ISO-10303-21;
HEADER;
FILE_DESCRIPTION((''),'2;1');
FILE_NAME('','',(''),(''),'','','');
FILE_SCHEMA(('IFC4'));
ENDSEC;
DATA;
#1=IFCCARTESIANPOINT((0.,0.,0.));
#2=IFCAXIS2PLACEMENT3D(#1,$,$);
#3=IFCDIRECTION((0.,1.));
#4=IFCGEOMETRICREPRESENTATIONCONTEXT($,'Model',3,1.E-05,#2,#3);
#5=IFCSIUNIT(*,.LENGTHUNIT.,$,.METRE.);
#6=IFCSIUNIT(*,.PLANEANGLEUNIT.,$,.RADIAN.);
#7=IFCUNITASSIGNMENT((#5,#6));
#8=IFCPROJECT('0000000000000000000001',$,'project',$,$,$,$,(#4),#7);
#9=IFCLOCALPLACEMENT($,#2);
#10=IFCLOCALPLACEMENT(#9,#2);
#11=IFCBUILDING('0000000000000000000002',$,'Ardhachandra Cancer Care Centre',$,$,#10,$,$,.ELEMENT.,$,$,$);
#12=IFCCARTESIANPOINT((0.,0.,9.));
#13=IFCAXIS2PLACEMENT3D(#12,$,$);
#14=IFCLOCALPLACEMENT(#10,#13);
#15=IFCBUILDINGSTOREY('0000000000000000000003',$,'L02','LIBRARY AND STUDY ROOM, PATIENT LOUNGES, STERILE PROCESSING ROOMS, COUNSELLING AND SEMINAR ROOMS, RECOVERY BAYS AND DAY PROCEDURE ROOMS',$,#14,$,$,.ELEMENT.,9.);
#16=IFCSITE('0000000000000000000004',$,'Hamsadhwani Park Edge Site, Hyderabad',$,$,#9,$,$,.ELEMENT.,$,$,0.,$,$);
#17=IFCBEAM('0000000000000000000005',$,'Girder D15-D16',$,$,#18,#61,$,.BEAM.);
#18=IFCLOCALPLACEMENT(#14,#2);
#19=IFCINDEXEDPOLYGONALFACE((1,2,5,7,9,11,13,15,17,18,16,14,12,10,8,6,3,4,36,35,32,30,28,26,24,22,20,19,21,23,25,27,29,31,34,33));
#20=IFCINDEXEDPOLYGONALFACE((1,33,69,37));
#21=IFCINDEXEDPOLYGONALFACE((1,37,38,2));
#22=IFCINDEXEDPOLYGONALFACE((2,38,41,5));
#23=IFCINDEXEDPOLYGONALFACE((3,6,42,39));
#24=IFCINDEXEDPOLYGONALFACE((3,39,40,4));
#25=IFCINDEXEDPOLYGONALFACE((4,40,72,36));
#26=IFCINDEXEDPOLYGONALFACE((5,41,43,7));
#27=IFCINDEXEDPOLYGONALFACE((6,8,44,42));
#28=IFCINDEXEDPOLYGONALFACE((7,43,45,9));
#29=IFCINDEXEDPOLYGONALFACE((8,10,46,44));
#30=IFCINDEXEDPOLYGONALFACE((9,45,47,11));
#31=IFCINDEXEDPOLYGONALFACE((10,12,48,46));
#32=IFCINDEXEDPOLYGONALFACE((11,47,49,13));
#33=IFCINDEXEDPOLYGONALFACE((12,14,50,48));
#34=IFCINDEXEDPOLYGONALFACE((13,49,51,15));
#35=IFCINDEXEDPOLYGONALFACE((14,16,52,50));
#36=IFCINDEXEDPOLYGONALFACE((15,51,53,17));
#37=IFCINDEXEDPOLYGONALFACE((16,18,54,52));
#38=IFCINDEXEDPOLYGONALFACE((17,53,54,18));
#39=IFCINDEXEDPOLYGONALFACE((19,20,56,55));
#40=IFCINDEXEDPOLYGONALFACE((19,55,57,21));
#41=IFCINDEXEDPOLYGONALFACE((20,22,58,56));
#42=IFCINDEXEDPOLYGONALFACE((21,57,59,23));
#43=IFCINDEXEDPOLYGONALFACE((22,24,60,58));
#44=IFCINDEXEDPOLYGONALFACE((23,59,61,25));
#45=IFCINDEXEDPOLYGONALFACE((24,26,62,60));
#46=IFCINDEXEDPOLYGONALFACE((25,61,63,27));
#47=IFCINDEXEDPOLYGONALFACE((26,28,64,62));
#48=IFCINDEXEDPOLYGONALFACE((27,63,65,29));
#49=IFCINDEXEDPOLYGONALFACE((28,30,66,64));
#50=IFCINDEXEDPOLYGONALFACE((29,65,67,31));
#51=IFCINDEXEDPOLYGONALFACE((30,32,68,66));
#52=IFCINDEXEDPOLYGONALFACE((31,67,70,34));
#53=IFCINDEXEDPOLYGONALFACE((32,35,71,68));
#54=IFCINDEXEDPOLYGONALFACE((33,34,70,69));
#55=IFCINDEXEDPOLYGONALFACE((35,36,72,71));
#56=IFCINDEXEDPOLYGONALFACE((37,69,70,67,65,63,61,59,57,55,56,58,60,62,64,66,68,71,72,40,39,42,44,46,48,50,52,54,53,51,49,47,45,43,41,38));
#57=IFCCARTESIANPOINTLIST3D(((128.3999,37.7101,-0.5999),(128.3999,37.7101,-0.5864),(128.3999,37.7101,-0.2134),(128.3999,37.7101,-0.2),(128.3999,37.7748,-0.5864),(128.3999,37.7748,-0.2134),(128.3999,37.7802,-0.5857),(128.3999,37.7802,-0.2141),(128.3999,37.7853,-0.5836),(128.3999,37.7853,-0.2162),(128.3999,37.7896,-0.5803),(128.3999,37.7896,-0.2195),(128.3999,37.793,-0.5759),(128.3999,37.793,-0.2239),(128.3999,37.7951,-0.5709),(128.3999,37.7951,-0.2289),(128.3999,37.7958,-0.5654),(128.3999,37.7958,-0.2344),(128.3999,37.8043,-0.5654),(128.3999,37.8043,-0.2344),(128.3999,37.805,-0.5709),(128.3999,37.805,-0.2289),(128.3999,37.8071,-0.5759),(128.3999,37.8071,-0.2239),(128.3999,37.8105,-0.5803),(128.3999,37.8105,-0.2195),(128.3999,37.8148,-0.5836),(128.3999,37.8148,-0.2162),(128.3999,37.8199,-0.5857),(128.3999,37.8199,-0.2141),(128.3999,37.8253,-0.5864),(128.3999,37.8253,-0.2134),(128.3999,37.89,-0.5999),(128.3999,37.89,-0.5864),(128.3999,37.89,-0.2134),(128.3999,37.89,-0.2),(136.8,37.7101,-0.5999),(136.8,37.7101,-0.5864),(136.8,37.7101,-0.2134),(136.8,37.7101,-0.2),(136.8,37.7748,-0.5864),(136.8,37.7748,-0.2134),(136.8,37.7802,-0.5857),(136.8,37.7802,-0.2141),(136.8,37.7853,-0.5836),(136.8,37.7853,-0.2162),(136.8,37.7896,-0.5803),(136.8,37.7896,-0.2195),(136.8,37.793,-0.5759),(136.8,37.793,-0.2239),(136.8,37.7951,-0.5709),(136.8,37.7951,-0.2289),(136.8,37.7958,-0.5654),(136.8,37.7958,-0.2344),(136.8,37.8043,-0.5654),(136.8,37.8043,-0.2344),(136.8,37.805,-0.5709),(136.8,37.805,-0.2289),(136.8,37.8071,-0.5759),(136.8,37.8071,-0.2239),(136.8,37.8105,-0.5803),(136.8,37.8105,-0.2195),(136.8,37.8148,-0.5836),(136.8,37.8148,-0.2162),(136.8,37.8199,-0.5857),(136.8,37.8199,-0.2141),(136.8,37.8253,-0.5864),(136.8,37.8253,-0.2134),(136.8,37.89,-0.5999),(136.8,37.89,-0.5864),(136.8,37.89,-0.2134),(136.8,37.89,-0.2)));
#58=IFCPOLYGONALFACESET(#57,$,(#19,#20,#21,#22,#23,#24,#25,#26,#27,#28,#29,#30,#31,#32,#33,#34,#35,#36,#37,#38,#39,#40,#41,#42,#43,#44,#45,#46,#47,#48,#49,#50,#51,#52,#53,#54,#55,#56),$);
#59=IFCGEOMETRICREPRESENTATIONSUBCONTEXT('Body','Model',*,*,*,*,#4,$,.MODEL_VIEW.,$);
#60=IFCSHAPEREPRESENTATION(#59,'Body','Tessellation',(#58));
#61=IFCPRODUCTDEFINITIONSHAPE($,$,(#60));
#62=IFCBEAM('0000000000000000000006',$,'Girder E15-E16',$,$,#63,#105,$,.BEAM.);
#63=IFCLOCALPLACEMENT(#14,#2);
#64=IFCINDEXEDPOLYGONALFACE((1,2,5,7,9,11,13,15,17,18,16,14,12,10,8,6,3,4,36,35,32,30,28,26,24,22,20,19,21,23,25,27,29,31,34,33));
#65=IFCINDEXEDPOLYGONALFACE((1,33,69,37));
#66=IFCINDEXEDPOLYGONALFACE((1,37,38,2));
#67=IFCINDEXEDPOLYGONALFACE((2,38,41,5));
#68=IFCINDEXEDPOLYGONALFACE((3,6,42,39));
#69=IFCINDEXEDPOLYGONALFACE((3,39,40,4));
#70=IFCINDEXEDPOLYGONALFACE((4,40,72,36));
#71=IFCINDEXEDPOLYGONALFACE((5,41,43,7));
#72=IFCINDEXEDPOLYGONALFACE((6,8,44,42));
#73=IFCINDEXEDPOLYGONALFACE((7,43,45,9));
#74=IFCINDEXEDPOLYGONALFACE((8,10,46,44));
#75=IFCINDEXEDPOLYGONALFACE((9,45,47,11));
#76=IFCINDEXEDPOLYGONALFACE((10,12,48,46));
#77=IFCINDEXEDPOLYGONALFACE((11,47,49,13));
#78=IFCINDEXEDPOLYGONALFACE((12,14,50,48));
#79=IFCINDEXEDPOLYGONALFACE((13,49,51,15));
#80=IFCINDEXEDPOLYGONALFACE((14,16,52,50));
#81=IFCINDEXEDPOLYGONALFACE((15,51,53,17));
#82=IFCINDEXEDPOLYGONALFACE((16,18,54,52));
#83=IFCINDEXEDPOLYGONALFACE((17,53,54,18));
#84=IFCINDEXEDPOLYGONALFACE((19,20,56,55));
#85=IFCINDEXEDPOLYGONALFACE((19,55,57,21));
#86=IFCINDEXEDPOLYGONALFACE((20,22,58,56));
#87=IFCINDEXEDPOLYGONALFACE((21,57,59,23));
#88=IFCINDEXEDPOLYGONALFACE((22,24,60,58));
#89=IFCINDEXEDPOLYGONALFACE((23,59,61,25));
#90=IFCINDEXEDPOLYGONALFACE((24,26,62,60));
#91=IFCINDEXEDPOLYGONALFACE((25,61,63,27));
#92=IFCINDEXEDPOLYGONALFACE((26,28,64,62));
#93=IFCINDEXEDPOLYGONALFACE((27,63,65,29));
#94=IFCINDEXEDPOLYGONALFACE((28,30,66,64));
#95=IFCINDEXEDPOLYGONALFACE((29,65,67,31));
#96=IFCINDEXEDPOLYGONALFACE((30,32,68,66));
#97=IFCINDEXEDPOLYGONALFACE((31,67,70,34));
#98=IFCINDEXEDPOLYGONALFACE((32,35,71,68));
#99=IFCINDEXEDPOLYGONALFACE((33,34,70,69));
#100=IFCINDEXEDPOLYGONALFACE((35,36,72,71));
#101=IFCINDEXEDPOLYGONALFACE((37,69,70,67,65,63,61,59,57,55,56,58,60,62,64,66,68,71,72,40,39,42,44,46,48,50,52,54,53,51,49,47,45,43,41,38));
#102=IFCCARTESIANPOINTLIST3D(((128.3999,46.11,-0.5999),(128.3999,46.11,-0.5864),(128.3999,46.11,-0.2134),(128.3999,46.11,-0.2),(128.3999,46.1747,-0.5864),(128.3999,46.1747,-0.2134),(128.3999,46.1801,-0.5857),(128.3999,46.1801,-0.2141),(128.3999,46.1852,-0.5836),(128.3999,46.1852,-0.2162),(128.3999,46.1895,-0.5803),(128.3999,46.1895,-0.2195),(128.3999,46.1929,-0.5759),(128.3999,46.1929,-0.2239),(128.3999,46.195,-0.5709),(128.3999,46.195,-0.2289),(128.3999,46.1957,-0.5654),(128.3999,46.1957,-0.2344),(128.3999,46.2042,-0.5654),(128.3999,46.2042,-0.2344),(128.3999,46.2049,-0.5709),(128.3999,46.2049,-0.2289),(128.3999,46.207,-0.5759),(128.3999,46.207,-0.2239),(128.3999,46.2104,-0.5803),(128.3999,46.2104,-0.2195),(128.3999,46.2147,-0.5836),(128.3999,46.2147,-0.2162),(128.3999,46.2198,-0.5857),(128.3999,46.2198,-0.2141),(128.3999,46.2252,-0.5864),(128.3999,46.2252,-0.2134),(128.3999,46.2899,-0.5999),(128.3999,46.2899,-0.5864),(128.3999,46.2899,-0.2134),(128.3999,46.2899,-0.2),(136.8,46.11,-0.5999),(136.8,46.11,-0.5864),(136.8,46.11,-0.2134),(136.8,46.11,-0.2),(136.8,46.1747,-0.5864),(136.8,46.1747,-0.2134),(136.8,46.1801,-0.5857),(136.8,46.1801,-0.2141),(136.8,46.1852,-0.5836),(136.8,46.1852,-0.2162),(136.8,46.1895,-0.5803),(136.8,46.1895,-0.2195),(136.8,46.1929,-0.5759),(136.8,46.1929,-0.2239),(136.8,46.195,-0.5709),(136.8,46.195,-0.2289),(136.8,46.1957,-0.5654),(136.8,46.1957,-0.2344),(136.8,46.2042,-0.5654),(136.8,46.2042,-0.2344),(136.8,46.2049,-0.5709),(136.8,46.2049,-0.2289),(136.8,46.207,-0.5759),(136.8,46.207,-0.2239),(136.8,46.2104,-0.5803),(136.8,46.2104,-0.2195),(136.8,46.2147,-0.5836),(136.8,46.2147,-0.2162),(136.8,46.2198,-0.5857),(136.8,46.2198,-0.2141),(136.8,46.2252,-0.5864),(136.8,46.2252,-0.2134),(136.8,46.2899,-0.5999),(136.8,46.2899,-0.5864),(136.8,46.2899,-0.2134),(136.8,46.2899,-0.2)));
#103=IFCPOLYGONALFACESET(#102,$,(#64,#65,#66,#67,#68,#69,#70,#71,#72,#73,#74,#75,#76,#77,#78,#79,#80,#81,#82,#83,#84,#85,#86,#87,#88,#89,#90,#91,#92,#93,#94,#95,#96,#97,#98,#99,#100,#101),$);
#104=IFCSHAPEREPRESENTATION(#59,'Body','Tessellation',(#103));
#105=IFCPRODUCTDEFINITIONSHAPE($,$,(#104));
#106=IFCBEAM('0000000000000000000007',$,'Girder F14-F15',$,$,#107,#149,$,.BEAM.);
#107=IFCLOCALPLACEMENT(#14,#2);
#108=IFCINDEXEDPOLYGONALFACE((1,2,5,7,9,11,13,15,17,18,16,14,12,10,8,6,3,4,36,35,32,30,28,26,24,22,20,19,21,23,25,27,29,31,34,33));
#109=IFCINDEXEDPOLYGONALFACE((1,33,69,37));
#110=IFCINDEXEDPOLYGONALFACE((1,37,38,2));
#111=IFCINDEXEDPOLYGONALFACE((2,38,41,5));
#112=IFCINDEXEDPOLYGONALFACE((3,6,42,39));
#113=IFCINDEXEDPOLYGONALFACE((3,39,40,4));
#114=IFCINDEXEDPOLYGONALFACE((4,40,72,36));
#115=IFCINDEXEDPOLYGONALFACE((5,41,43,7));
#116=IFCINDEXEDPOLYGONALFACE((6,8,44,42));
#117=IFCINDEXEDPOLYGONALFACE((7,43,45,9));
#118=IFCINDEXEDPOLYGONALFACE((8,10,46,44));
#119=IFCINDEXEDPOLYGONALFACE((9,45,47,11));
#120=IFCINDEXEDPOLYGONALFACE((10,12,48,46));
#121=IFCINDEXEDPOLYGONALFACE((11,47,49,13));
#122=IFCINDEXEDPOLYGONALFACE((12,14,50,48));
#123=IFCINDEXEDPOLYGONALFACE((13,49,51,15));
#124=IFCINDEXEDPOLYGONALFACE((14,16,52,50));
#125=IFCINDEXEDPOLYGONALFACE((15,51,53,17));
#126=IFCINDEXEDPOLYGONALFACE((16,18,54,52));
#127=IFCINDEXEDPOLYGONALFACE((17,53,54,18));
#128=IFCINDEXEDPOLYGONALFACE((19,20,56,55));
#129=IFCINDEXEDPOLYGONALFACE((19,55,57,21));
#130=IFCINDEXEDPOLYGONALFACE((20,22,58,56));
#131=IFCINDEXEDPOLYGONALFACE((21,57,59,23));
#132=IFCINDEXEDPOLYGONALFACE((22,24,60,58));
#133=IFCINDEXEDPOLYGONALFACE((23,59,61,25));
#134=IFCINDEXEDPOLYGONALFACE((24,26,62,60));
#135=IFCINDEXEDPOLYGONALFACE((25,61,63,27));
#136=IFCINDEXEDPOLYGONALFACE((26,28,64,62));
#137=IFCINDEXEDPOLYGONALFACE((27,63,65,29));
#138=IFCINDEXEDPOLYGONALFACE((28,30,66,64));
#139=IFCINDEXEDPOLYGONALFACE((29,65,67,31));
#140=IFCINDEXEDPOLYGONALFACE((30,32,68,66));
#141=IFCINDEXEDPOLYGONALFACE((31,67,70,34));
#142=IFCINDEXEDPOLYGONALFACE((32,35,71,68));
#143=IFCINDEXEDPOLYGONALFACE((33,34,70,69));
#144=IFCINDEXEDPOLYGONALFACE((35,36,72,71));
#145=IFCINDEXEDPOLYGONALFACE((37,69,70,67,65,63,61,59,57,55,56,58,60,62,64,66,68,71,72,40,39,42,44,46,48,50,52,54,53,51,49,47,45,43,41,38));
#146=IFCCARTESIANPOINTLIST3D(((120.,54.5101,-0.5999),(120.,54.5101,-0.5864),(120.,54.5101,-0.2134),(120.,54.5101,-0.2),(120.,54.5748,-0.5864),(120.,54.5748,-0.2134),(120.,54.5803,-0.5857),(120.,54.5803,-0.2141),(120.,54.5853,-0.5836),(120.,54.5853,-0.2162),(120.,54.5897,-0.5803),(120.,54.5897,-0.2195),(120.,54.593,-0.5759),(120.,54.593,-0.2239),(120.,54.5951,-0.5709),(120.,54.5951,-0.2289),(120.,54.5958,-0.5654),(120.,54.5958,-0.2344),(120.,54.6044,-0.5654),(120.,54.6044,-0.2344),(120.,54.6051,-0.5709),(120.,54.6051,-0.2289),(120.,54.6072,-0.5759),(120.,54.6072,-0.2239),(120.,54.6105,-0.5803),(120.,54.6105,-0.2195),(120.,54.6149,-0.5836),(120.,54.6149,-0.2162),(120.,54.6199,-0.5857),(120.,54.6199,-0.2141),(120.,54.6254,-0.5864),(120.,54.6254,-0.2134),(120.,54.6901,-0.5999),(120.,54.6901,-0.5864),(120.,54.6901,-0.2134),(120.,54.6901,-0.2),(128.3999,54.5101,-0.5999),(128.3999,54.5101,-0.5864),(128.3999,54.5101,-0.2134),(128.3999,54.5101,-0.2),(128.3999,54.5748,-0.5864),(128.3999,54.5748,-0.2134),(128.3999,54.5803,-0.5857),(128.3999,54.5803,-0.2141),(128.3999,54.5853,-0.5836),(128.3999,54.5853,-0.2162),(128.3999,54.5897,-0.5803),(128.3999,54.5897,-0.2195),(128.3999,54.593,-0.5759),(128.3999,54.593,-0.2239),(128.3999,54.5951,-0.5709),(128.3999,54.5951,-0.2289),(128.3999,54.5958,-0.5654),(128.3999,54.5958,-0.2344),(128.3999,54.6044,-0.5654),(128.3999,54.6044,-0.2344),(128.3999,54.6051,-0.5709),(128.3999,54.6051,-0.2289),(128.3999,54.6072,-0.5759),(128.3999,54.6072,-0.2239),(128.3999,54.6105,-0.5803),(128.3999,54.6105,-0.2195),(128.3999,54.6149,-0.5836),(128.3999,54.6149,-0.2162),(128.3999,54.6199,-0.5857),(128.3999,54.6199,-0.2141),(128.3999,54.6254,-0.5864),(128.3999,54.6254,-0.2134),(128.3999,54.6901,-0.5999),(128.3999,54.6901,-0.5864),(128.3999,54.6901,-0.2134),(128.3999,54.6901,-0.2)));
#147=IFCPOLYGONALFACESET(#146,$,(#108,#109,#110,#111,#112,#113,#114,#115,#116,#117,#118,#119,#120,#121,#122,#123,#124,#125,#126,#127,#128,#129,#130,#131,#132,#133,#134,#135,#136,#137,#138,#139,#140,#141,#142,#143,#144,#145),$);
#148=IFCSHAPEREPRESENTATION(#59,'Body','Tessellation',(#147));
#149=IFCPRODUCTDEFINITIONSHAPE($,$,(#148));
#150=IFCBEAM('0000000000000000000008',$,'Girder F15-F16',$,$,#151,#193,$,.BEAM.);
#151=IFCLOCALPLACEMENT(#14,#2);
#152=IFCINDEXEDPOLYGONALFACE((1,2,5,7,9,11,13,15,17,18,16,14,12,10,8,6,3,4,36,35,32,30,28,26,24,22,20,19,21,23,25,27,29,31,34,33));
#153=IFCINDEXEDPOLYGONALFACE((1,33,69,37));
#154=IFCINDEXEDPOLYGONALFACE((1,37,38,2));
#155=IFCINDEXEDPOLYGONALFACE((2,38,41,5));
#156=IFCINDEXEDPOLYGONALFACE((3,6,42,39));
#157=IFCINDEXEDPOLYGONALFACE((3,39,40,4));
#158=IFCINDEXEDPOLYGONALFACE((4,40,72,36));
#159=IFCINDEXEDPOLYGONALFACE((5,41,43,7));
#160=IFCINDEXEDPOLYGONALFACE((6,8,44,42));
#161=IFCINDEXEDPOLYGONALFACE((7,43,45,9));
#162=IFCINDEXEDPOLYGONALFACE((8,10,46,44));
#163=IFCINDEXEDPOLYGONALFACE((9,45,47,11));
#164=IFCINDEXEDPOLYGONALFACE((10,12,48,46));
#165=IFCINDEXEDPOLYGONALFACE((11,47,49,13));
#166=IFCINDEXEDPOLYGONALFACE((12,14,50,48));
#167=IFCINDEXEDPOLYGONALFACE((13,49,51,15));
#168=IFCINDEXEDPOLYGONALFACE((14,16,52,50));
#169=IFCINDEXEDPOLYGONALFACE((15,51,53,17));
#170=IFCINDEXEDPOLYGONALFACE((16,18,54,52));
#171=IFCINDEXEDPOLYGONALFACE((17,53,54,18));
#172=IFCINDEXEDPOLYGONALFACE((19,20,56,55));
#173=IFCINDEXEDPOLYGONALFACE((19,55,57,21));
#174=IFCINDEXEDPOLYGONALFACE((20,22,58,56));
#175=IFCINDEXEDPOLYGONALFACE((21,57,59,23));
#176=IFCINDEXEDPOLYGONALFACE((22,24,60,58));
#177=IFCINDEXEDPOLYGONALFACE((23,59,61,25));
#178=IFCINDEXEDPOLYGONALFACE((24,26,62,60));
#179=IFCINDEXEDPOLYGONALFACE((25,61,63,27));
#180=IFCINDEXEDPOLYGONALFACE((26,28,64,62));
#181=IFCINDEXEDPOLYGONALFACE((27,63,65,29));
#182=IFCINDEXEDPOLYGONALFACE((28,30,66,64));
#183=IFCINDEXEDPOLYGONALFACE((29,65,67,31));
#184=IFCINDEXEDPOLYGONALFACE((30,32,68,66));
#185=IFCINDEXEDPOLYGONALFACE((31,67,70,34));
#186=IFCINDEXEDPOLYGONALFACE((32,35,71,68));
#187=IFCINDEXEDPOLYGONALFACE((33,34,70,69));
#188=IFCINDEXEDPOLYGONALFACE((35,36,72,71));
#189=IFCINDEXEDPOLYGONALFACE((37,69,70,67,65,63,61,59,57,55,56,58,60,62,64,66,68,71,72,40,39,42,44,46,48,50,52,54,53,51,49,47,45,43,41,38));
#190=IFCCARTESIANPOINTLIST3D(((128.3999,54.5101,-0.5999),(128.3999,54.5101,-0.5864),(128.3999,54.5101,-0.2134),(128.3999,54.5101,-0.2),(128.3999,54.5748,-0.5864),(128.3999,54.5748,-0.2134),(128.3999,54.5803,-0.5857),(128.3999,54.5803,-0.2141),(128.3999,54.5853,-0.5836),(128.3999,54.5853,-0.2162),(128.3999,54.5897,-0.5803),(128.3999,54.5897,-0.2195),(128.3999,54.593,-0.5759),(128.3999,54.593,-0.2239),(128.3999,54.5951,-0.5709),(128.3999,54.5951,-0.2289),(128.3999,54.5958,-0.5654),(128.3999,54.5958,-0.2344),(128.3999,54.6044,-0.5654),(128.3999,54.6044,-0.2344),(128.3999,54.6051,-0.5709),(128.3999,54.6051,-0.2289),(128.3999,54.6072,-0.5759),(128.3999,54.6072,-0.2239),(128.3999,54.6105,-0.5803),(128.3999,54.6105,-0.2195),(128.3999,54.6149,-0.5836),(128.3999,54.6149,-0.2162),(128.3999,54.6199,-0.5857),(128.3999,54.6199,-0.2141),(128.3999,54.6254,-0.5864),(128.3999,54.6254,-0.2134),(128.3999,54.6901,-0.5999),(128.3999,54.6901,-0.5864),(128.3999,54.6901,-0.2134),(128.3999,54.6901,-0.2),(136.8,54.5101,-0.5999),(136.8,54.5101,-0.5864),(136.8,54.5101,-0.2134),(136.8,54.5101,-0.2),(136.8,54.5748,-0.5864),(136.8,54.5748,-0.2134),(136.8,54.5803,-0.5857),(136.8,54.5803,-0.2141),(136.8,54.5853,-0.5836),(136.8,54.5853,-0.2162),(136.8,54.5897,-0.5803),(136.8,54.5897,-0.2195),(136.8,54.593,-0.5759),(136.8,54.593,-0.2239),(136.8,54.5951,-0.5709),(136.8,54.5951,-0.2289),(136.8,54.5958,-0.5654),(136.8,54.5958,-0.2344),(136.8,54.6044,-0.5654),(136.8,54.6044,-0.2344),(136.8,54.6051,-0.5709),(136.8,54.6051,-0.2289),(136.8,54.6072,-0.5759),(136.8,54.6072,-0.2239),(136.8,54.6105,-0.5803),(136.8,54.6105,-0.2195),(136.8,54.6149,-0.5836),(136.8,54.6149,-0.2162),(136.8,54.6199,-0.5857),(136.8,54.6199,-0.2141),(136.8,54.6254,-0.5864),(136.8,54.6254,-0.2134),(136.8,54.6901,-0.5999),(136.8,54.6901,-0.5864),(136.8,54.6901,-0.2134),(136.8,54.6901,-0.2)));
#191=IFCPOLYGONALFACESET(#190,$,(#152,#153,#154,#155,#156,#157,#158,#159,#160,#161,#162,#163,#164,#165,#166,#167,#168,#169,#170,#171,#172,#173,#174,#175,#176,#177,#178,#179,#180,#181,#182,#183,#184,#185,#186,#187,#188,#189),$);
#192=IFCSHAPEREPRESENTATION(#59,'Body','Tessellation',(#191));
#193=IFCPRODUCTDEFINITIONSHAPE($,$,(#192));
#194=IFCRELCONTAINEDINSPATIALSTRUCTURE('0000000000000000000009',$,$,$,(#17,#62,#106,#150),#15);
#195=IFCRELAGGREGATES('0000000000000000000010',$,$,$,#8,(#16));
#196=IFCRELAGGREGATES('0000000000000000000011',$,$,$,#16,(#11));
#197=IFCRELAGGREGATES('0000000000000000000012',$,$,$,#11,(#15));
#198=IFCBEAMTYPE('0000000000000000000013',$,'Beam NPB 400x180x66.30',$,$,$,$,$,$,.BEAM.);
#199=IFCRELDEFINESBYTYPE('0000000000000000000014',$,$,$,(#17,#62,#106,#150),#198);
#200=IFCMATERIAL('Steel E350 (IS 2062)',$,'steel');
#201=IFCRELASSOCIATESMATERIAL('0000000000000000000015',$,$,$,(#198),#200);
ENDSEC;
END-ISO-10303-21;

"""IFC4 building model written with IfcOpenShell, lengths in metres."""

from ifc_helpers import new_model, si_unit, direction, frame, origin, origin_2d, place, context, subcontext, project, spatial, i_section, extrude, material, material_profile, profile_set, type_object, element, save


model = new_model("IFC4")

# Units and contexts
model_context = context("Model", 3, precision=1e-05, world=origin(), true_north=direction((0.0, 1.0)))
body_context = subcontext(model_context, "Body", "Model", "MODEL_VIEW")
ifc_project = project(units=[si_unit("LENGTHUNIT", "METRE"), si_unit("PLANEANGLEUNIT", "RADIAN")], contexts=[model_context])

# Site, building, storey
site_placement = place(None, origin())
site = spatial("IfcSite", under=ifc_project, at=site_placement, Name="Hamsadhwani Park Edge Site, Hyderabad", CompositionType="ELEMENT", RefElevation=0.0)
building_placement = place(site_placement, origin())
building = spatial("IfcBuilding", under=site, at=building_placement, Name="Ardhachandra Cancer Care Centre", CompositionType="ELEMENT")
storey_placement = place(building_placement, frame((0.0, 0.0, 9.0)))
storey = spatial("IfcBuildingStorey", under=building, at=storey_placement, Name="L02", Description="LIBRARY AND STUDY ROOM, PATIENT LOUNGES, STERILE PROCESSING ROOMS, COUNSELLING AND SEMINAR ROOMS, RECOVERY BAYS AND DAY PROCEDURE ROOMS", CompositionType="ELEMENT", Elevation=9.0)

# Beams
ifc_material_1 = material(Name="Steel E350 (IS 2062)", Category="steel")
ifc_material_profile_1 = material_profile(ifc_material_1, i_section(OverallWidth=0.1799, OverallDepth=0.3999, WebThickness=0.0085, FlangeThickness=0.0134, FilletRadius=0.021, at=origin_2d()), Name="NPB 400x180x66.30")
ifc_profile_set_1 = profile_set([ifc_material_profile_1], Name="Steel E350 (IS 2062)")
beam_type_1 = type_object("IfcBeamType", Name="Beam NPB 400x180x66.30", PredefinedType="BEAM", material=ifc_profile_set_1)
for number, where, z_axis, x_axis, name in (
    (1, (128.3999, 37.8, -0.3999), (1.0, 0.0, 0.0), (0.0, 1.0, 0.0), "Girder D15-D16"),
    (2, (128.3999, 46.2, -0.3999), (1.0, 0.0, 0.0), (0.0, 1.0, 0.0), "Girder E15-E16"),
):
    element("IfcBeam", number, at=place(storey_placement, frame(where, z_axis=z_axis, x_axis=x_axis)), inside=storey, type_object=beam_type_1, Name=name, PredefinedType="BEAM", context=body_context, shape_type="SweptSolid", body=[
        extrude(i_section(OverallWidth=0.1799, OverallDepth=0.3999, WebThickness=0.0085, FlangeThickness=0.0134, FilletRadius=0.021, at=origin_2d()), origin(), (0.0, 0.0, 1.0), 8.4001),
    ])
beam_1_placement = place(storey_placement, frame((120.0, 54.6001, -0.3999), z_axis=(1.0, 0.0, 0.0), x_axis=(0.0, 1.0, 0.0)))
element("IfcBeam", 3, at=beam_1_placement, inside=storey, type_object=beam_type_1, Name="Girder F14-F15", PredefinedType="BEAM", context=body_context, shape_type="SweptSolid", body=[
    extrude(i_section(OverallWidth=0.1799, OverallDepth=0.3999, WebThickness=0.0085, FlangeThickness=0.0134, FilletRadius=0.021, at=origin_2d()), origin(), (0.0, 0.0, 1.0), 8.3999),
])
beam_2_placement = place(storey_placement, frame((128.3999, 54.6001, -0.3999), z_axis=(1.0, 0.0, 0.0), x_axis=(0.0, 1.0, 0.0)))
element("IfcBeam", 4, at=beam_2_placement, inside=storey, type_object=beam_type_1, Name="Girder F15-F16", PredefinedType="BEAM", context=body_context, shape_type="SweptSolid", body=[
    extrude(i_section(OverallWidth=0.1799, OverallDepth=0.3999, WebThickness=0.0085, FlangeThickness=0.0134, FilletRadius=0.021, at=origin_2d()), origin(), (0.0, 0.0, 1.0), 8.4001),
])

save(model, "model.ifc")
